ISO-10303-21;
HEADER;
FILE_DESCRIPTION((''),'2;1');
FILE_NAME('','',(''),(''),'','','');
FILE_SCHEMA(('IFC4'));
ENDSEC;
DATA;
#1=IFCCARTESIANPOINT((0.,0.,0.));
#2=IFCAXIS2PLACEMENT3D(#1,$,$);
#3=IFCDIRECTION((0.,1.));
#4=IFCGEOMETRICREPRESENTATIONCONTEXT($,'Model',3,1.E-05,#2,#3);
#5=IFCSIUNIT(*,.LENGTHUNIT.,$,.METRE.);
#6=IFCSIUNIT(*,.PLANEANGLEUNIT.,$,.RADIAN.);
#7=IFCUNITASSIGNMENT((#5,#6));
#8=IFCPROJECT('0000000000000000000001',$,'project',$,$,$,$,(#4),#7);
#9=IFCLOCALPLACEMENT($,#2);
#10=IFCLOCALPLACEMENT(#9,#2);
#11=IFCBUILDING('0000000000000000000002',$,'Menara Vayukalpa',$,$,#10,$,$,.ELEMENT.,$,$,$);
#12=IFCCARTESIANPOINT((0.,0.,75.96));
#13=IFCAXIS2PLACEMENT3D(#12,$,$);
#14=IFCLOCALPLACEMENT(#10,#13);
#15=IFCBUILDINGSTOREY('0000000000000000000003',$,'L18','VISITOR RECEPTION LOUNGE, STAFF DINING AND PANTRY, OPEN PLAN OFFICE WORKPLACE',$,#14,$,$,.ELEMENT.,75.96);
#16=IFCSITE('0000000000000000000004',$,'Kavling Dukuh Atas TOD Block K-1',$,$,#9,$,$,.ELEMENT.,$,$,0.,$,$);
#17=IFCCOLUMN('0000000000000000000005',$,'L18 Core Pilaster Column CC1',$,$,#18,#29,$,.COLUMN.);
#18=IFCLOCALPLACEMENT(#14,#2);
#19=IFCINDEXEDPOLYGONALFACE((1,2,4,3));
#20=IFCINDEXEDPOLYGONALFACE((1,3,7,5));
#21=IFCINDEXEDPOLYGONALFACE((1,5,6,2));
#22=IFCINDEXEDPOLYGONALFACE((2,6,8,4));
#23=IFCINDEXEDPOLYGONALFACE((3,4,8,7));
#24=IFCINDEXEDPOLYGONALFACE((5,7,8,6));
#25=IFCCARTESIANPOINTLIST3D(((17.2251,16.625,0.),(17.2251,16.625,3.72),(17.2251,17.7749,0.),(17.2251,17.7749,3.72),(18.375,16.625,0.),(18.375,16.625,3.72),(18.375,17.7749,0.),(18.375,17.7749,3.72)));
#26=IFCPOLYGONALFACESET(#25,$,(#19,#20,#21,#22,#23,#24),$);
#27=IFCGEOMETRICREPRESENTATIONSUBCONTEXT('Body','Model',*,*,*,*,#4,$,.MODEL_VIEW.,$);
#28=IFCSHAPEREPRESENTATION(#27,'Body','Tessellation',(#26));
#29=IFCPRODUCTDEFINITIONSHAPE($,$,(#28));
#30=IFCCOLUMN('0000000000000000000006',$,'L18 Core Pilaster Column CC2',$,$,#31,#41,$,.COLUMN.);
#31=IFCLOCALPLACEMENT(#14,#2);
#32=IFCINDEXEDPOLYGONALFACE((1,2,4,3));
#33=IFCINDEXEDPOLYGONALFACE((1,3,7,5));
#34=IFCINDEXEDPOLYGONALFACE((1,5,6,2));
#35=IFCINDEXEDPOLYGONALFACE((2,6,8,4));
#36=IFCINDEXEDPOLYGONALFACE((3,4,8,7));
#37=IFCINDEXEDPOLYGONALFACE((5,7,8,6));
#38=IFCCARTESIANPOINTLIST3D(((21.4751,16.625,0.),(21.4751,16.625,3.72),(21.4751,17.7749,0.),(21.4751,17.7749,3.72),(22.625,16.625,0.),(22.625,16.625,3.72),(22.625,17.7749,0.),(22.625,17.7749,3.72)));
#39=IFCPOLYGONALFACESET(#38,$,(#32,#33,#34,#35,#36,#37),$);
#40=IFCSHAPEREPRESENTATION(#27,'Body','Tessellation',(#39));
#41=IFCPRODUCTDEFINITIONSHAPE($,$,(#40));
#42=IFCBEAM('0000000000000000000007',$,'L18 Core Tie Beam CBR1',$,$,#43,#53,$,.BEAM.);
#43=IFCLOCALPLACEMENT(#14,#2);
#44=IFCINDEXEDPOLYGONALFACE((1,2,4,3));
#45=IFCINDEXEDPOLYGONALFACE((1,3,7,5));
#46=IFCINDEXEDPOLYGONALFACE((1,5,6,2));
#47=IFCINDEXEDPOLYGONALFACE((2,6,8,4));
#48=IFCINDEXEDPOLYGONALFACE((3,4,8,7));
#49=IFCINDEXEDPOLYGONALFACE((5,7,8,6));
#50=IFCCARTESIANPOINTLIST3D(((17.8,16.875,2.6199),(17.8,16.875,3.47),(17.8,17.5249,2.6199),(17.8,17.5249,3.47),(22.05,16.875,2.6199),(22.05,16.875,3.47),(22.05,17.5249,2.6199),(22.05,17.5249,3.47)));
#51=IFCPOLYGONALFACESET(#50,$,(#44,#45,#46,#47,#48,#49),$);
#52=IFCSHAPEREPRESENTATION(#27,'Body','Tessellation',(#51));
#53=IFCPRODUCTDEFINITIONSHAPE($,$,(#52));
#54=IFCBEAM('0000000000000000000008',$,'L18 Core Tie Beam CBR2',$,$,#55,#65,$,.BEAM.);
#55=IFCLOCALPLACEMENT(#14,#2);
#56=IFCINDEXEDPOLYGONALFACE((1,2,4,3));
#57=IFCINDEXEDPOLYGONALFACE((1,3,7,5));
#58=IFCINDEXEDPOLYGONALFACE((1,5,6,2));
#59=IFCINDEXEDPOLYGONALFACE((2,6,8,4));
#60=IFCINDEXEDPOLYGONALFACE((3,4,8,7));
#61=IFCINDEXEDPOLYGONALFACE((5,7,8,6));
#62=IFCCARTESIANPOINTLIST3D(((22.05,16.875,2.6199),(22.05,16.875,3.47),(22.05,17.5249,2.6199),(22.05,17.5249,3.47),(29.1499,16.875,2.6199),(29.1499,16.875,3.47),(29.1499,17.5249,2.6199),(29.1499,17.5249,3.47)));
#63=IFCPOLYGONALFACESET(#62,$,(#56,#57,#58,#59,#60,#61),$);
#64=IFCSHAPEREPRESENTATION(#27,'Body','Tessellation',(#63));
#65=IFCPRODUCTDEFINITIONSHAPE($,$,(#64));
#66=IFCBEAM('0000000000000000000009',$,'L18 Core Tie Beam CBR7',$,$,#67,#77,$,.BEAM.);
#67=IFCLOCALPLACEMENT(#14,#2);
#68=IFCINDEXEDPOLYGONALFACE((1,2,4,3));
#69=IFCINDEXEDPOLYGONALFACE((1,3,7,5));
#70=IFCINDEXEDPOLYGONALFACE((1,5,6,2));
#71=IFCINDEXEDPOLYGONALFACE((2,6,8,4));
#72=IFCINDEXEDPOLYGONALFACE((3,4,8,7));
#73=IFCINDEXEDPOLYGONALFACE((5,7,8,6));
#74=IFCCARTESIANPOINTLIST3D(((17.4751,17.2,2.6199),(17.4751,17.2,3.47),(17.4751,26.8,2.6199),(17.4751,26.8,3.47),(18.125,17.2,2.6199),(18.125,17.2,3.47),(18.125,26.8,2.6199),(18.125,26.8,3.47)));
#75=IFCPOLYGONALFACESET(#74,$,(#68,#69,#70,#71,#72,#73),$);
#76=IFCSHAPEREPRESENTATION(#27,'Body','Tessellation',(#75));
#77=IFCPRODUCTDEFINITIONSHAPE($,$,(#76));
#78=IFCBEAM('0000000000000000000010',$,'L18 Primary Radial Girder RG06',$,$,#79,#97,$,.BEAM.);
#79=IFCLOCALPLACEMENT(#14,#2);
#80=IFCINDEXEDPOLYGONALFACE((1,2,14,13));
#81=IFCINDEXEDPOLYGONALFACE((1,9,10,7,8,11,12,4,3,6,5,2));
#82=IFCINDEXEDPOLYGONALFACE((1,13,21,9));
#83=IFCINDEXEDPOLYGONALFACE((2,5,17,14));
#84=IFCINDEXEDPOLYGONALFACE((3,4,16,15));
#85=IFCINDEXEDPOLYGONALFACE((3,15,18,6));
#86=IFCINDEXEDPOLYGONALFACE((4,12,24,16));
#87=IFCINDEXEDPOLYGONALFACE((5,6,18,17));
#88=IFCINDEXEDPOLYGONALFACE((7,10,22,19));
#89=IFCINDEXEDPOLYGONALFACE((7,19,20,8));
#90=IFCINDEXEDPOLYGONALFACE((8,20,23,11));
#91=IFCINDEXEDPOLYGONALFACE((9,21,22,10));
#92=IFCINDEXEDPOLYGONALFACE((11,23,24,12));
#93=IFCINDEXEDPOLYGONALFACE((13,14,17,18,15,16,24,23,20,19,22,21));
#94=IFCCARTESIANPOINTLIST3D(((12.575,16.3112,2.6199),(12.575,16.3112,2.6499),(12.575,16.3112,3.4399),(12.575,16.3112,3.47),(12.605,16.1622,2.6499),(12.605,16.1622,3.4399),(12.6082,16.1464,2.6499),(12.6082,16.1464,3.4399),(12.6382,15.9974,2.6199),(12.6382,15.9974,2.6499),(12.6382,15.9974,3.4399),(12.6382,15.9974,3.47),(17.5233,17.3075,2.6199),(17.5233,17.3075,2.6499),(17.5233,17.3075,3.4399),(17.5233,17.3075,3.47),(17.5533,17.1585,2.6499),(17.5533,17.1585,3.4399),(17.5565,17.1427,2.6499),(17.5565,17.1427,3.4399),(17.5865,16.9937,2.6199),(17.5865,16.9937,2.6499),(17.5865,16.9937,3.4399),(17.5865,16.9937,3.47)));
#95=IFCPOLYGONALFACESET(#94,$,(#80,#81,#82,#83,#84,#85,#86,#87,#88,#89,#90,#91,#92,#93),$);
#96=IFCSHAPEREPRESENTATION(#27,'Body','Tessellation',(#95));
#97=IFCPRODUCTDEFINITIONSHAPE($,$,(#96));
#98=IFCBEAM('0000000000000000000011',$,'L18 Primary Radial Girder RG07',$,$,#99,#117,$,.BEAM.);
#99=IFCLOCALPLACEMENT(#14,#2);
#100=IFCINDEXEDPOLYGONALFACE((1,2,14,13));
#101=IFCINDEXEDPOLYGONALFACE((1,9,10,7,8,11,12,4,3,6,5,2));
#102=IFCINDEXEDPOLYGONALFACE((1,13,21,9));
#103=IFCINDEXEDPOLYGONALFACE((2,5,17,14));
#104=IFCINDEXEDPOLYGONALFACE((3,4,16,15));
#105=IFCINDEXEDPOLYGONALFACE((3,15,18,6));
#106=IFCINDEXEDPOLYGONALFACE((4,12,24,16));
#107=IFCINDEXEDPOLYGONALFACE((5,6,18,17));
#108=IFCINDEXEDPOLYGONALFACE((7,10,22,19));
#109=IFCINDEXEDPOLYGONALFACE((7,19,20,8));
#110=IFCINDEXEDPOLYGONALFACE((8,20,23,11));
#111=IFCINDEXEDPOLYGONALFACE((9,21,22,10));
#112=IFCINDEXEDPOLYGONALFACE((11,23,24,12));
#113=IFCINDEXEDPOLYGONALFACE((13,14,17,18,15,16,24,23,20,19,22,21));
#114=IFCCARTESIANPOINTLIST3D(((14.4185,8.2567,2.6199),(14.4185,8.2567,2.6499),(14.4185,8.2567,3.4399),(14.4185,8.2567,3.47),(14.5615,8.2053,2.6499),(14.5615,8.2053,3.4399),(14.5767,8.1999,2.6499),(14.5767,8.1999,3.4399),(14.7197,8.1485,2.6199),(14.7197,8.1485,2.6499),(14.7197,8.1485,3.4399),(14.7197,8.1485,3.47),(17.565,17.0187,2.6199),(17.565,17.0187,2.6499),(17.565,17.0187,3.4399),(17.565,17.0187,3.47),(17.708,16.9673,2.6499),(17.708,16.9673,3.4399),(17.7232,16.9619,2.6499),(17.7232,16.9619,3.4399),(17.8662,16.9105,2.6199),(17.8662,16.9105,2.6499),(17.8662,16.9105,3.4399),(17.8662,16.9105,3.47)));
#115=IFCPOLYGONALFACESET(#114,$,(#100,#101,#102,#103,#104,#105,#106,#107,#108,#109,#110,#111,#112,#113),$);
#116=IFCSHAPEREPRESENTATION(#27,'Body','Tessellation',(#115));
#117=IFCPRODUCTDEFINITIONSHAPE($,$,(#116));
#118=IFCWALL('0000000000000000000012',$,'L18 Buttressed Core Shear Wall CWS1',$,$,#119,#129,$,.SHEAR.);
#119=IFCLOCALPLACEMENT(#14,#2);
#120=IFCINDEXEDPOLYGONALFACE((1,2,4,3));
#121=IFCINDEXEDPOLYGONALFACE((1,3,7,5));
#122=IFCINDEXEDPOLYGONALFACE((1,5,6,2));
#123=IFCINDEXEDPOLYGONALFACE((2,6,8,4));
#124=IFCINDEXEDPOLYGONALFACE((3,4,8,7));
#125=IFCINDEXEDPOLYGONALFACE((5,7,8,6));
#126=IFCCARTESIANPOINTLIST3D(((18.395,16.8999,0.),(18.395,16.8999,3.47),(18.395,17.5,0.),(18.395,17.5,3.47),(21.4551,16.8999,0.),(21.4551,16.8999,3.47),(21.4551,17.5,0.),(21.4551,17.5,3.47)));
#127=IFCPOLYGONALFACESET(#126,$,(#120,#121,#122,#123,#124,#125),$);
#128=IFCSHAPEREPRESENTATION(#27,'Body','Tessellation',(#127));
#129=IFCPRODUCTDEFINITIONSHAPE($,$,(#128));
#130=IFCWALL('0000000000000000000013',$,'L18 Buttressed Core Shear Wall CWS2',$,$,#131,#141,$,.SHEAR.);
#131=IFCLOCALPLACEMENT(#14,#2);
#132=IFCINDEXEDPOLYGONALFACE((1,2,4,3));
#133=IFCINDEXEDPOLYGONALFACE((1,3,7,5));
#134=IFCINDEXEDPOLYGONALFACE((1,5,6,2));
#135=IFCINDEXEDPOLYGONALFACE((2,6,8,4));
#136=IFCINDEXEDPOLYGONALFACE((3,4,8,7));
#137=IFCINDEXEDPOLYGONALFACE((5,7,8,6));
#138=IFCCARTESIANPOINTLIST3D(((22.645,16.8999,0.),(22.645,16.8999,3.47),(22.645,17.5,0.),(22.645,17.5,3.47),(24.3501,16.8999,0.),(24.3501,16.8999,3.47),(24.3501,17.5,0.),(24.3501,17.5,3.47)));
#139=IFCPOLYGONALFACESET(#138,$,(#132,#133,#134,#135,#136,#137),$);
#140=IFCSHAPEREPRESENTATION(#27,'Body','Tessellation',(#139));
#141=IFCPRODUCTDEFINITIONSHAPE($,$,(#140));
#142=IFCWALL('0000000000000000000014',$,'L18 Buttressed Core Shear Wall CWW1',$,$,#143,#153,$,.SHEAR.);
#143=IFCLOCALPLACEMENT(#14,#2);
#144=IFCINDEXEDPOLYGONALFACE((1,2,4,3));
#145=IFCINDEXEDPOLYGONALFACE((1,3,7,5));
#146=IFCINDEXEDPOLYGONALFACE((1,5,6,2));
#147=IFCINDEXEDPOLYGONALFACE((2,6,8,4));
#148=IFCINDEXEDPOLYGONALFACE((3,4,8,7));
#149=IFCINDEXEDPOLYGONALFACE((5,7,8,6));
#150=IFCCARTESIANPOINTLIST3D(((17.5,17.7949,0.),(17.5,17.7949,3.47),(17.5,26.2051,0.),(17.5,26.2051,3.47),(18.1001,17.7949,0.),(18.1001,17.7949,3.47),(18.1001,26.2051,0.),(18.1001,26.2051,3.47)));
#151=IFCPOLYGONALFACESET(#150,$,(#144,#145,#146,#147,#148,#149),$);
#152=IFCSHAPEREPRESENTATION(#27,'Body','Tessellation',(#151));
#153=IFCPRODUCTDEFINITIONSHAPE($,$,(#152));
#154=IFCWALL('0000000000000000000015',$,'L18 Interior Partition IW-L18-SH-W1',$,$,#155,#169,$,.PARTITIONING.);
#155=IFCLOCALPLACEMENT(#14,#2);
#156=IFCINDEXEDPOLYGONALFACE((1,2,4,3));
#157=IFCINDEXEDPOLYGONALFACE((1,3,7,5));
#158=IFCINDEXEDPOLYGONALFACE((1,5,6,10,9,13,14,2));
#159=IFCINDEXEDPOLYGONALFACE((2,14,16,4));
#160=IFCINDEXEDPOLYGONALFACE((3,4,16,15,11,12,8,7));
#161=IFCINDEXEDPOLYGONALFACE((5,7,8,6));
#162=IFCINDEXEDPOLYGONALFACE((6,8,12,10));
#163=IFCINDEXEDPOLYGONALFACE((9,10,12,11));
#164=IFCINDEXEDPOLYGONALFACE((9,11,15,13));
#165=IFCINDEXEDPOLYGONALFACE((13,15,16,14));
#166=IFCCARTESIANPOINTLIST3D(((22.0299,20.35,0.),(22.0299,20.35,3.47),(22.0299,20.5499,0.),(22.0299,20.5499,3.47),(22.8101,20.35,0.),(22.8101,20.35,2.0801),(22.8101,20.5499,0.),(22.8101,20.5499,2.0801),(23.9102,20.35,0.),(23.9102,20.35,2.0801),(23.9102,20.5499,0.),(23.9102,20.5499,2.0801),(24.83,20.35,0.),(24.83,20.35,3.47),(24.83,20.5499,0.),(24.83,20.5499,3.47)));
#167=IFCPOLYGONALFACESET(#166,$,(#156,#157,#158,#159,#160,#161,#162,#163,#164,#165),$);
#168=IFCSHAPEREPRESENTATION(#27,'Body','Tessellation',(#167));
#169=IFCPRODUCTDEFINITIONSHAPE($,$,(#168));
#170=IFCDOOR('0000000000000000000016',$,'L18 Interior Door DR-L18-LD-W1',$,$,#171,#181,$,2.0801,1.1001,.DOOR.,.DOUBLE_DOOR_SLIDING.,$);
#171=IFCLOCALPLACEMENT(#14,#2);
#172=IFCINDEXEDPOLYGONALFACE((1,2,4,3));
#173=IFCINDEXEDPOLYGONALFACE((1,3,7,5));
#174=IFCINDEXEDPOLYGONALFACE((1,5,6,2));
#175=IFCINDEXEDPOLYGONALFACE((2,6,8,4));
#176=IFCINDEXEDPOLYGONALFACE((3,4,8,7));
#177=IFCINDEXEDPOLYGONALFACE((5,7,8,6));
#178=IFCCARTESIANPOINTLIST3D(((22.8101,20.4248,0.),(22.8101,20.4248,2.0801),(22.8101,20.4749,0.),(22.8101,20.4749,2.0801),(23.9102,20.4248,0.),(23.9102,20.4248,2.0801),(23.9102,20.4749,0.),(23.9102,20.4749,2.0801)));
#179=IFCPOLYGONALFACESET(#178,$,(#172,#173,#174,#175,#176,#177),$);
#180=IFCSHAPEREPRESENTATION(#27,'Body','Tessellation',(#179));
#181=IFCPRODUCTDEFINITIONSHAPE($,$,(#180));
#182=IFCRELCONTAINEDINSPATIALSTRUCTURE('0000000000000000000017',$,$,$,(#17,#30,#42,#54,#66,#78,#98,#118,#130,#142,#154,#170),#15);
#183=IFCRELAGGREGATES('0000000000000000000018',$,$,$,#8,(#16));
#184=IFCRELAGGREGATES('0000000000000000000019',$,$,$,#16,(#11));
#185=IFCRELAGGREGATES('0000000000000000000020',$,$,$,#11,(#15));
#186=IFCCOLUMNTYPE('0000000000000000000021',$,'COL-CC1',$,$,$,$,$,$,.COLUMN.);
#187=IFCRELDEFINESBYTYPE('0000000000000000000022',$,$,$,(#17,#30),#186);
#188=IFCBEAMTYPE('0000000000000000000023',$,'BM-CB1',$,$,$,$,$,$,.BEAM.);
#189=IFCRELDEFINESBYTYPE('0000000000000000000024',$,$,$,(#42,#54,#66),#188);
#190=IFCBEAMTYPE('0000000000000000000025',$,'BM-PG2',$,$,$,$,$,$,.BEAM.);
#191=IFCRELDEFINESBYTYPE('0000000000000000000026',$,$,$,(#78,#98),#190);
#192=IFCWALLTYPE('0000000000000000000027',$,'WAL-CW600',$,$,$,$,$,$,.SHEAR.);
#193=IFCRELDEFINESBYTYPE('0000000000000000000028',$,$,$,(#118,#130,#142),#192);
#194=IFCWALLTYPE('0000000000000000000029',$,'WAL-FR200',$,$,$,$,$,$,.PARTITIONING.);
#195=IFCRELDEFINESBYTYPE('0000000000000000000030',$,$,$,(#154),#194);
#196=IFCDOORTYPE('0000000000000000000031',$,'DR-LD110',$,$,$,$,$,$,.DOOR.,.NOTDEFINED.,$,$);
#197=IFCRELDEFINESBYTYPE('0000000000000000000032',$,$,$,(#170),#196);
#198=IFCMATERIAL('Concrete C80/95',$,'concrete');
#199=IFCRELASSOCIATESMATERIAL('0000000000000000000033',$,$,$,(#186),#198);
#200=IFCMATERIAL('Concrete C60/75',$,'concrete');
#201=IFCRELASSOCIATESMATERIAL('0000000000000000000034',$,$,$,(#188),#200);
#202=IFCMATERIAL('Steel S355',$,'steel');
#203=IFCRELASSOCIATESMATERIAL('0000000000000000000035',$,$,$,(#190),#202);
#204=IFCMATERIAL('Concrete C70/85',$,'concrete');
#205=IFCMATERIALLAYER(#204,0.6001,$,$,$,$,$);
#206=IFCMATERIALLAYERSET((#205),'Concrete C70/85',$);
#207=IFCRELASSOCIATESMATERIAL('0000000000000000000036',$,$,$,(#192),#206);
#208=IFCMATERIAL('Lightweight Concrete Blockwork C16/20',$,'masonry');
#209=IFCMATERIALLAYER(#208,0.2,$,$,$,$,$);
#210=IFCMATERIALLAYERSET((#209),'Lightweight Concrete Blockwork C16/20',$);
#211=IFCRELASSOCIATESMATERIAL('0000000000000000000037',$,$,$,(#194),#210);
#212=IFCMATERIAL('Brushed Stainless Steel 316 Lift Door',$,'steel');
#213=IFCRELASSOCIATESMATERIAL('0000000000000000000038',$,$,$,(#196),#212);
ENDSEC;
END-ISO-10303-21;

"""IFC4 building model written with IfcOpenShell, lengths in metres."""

from ifc_helpers import new_model, si_unit, direction, frame, frame_2d, origin, origin_2d, place, context, subcontext, project, spatial, rectangle, i_section, extrude, material, layer, layer_set, material_profile, profile_set, type_object, element, fill, save


model = new_model("IFC4")

# Units and contexts
model_context = context("Model", 3, precision=1e-05, world=origin(), true_north=direction((0.0, 1.0)))
body_context = subcontext(model_context, "Body", "Model", "MODEL_VIEW")
ifc_project = project(units=[si_unit("LENGTHUNIT", "METRE"), si_unit("PLANEANGLEUNIT", "RADIAN")], contexts=[model_context])

# Site, building, storey
site_placement = place(None, origin())
site = spatial("IfcSite", under=ifc_project, at=site_placement, Name="Kavling Dukuh Atas TOD Block K-1", CompositionType="ELEMENT", RefElevation=0.0)
building_placement = place(site_placement, origin())
building = spatial("IfcBuilding", under=site, at=building_placement, Name="Menara Vayukalpa", CompositionType="ELEMENT")
storey_placement = place(building_placement, frame((0.0, 0.0, 75.96)))
storey = spatial("IfcBuildingStorey", under=building, at=storey_placement, Name="L18", Description="VISITOR RECEPTION LOUNGE, STAFF DINING AND PANTRY, OPEN PLAN OFFICE WORKPLACE", CompositionType="ELEMENT", Elevation=75.96)

# Columns
ifc_material_1 = material(Name="Concrete C80/95", Category="concrete")
ifc_material_profile_1 = material_profile(ifc_material_1, rectangle(XDim=1.1499, YDim=1.1499, at=origin_2d()), Name="RC 1150x1150")
ifc_profile_set_1 = profile_set([ifc_material_profile_1], Name="Concrete C80/95")
column_type = type_object("IfcColumnType", Name="COL-CC1", PredefinedType="COLUMN", material=ifc_profile_set_1)
for number, where, z_axis, x_axis, name in (
    (1, (17.8, 17.2, 0.0), (0.0, 0.0, 1.0), (1.0, 0.0, 0.0), "L18 Core Pilaster Column CC1"),
    (2, (22.05, 17.2, 0.0), (0.0, 0.0, 1.0), (1.0, 0.0, 0.0), "L18 Core Pilaster Column CC2"),
):
    element("IfcColumn", number, at=place(storey_placement, frame(where, z_axis=z_axis, x_axis=x_axis)), inside=storey, type_object=column_type, Name=name, PredefinedType="COLUMN", context=body_context, shape_type="SweptSolid", body=[
        extrude(rectangle(XDim=1.1499, YDim=1.1499, at=origin_2d()), origin(), (0.0, 0.0, 1.0), 3.72),
    ])

# Beams
ifc_material_2 = material(Name="Concrete C60/75", Category="concrete")
ifc_material_profile_2 = material_profile(ifc_material_2, rectangle(XDim=0.6499, YDim=0.8501, at=origin_2d()), Name="RC 650x850")
ifc_profile_set_2 = profile_set([ifc_material_profile_2], Name="Concrete C60/75")
beam_type_1 = type_object("IfcBeamType", Name="BM-CB1", PredefinedType="BEAM", material=ifc_profile_set_2)
beam_1_placement = place(storey_placement, frame((17.8, 17.2, 3.0449), z_axis=(1.0, 0.0, 0.0), x_axis=(0.0, 1.0, 0.0)))
element("IfcBeam", 3, at=beam_1_placement, inside=storey, type_object=beam_type_1, Name="L18 Core Tie Beam CBR1", PredefinedType="BEAM", context=body_context, shape_type="SweptSolid", body=[
    extrude(rectangle(XDim=0.6499, YDim=0.8501, at=origin_2d()), origin(), (0.0, 0.0, 1.0), 4.25),
])
beam_2_placement = place(storey_placement, frame((22.05, 17.2, 3.0449), z_axis=(1.0, 0.0, 0.0), x_axis=(0.0, 1.0, 0.0)))
element("IfcBeam", 4, at=beam_2_placement, inside=storey, type_object=beam_type_1, Name="L18 Core Tie Beam CBR2", PredefinedType="BEAM", context=body_context, shape_type="SweptSolid", body=[
    extrude(rectangle(XDim=0.6499, YDim=0.8501, at=origin_2d()), origin(), (0.0, 0.0, 1.0), 7.0999),
])
beam_3_placement = place(storey_placement, frame((17.8, 17.2, 3.0449), z_axis=(0.0, 1.0, 0.0), x_axis=(-1.0, 0.0, 0.0)))
element("IfcBeam", 5, at=beam_3_placement, inside=storey, type_object=beam_type_1, Name="L18 Core Tie Beam CBR7", PredefinedType="BEAM", context=body_context, shape_type="SweptSolid", body=[
    extrude(rectangle(XDim=0.6499, YDim=0.8501, at=origin_2d()), origin(), (0.0, 0.0, 1.0), 9.6001),
])
ifc_material_3 = material(Name="Steel S355", Category="steel")
ifc_material_profile_3 = material_profile(ifc_material_3, i_section(OverallWidth=0.3201, OverallDepth=0.8501, WebThickness=0.0161, FlangeThickness=0.03, at=origin_2d()), Name="WF 850x320x16x30")
ifc_profile_set_3 = profile_set([ifc_material_profile_3], Name="Steel S355")
beam_type_2 = type_object("IfcBeamType", Name="BM-PG2", PredefinedType="BEAM", material=ifc_profile_set_3)
beam_4_placement = place(storey_placement, frame((17.5549, 17.1506, 3.0449), z_axis=(-0.980325, -0.19739, 0.0), x_axis=(0.19739, -0.980325, 0.0)))
element("IfcBeam", 6, at=beam_4_placement, inside=storey, type_object=beam_type_2, Name="L18 Primary Radial Girder RG06", PredefinedType="BEAM", context=body_context, shape_type="SweptSolid", body=[
    extrude(i_section(OverallWidth=0.3201, OverallDepth=0.8501, WebThickness=0.0161, FlangeThickness=0.03, at=origin_2d()), origin(), (0.0, 0.0, 1.0), 5.0476),
])
beam_5_placement = place(storey_placement, frame((17.7156, 16.9646, 3.0449), z_axis=(-0.337976, -0.941155, 0.0), x_axis=(0.941155, -0.337976, 0.0)))
element("IfcBeam", 7, at=beam_5_placement, inside=storey, type_object=beam_type_2, Name="L18 Primary Radial Girder RG07", PredefinedType="BEAM", context=body_context, shape_type="SweptSolid", body=[
    extrude(i_section(OverallWidth=0.3201, OverallDepth=0.8501, WebThickness=0.0161, FlangeThickness=0.03, at=origin_2d()), origin(), (0.0, 0.0, 1.0), 9.3098),
])

# Walls
ifc_material_4 = material(Name="Concrete C70/85", Category="concrete")
ifc_layer_1 = layer(ifc_material_4, 0.6001)
ifc_layer_set_1 = layer_set([ifc_layer_1], Name="Concrete C70/85")
wall_type_1 = type_object("IfcWallType", Name="WAL-CW600", PredefinedType="SHEAR", material=ifc_layer_set_1)
wall_1_placement = place(storey_placement, frame((18.395, 17.2, 0.0), z_axis=(0.0, 0.0, 1.0), x_axis=(1.0, 0.0, 0.0)))
element("IfcWall", 8, at=wall_1_placement, inside=storey, type_object=wall_type_1, Name="L18 Buttressed Core Shear Wall CWS1", PredefinedType="SHEAR", context=body_context, shape_type="SweptSolid", body=[
    extrude(rectangle(XDim=3.0601, YDim=0.6001, at=frame_2d((1.53, 0.0))), origin(), (0.0, 0.0, 1.0), 3.47),
])
wall_2_placement = place(storey_placement, frame((22.645, 17.2, 0.0), z_axis=(0.0, 0.0, 1.0), x_axis=(1.0, 0.0, 0.0)))
element("IfcWall", 9, at=wall_2_placement, inside=storey, type_object=wall_type_1, Name="L18 Buttressed Core Shear Wall CWS2", PredefinedType="SHEAR", context=body_context, shape_type="SweptSolid", body=[
    extrude(rectangle(XDim=1.7051, YDim=0.6001, at=frame_2d((0.8525, 0.0))), origin(), (0.0, 0.0, 1.0), 3.47),
])
wall_3_placement = place(storey_placement, frame((17.8, 17.7949, 0.0), z_axis=(0.0, 0.0, 1.0), x_axis=(0.0, 1.0, 0.0)))
element("IfcWall", 10, at=wall_3_placement, inside=storey, type_object=wall_type_1, Name="L18 Buttressed Core Shear Wall CWW1", PredefinedType="SHEAR", context=body_context, shape_type="SweptSolid", body=[
    extrude(rectangle(XDim=8.4102, YDim=0.6001, at=frame_2d((4.2051, 0.0))), origin(), (0.0, 0.0, 1.0), 3.47),
])

# Wall, opening, door
ifc_material_5 = material(Name="Lightweight Concrete Blockwork C16/20", Category="masonry")
ifc_layer_2 = layer(ifc_material_5, 0.2)
ifc_layer_set_2 = layer_set([ifc_layer_2], Name="Lightweight Concrete Blockwork C16/20")
wall_type_2 = type_object("IfcWallType", Name="WAL-FR200", PredefinedType="PARTITIONING", material=ifc_layer_set_2)
wall_4_placement = place(storey_placement, frame((22.03, 20.45, 0.0), z_axis=(0.0, 0.0, 1.0), x_axis=(1.0, 0.0, 0.0)))
wall_4 = element("IfcWall", 11, at=wall_4_placement, inside=storey, type_object=wall_type_2, Name="L18 Interior Partition IW-L18-SH-W1", PredefinedType="PARTITIONING", context=body_context, shape_type="SweptSolid", body=[
    extrude(rectangle(XDim=2.8, YDim=0.2, at=frame_2d((1.3999, 0.0))), origin(), (0.0, 0.0, 1.0), 3.47),
])
opening_1_placement = place(wall_4_placement, frame((0.78, 0.0, 0.0)))
opening_1 = element("IfcOpeningElement", 12, at=opening_1_placement, cuts=wall_4, PredefinedType="OPENING", context=body_context, shape_type="SweptSolid", body=[
    extrude(rectangle(XDim=1.1001, YDim=2.0801, at=frame_2d((0.55, 1.04))), frame((0.0, 0.1099, 0.0), z_axis=(0.0, -1.0, 0.0), x_axis=(1.0, 0.0, 0.0)), (0.0, 0.0, 1.0), 0.22),
])
ifc_material_6 = material(Name="Brushed Stainless Steel 316 Lift Door", Category="steel")
door_type_1 = type_object("IfcDoorType", Name="DR-LD110", OperationType="NOTDEFINED", PredefinedType="DOOR", material=ifc_material_6)
door_1_placement = place(opening_1_placement, origin())
door_1 = element("IfcDoor", 13, at=door_1_placement, inside=storey, type_object=door_type_1, Name="L18 Interior Door DR-L18-LD-W1", OperationType="DOUBLE_DOOR_SLIDING", OverallHeight=2.0801, OverallWidth=1.1001, PredefinedType="DOOR", context=body_context, shape_type="SweptSolid", body=[
    extrude(rectangle(XDim=1.1001, YDim=2.0801, at=frame_2d((0.55, 1.04))), frame((0.0, 0.0249, 0.0), z_axis=(0.0, -1.0, 0.0), x_axis=(1.0, 0.0, 0.0)), (0.0, 0.0, 1.0), 0.05),
])
fill(opening_1, door_1)

save(model, "model.ifc")
